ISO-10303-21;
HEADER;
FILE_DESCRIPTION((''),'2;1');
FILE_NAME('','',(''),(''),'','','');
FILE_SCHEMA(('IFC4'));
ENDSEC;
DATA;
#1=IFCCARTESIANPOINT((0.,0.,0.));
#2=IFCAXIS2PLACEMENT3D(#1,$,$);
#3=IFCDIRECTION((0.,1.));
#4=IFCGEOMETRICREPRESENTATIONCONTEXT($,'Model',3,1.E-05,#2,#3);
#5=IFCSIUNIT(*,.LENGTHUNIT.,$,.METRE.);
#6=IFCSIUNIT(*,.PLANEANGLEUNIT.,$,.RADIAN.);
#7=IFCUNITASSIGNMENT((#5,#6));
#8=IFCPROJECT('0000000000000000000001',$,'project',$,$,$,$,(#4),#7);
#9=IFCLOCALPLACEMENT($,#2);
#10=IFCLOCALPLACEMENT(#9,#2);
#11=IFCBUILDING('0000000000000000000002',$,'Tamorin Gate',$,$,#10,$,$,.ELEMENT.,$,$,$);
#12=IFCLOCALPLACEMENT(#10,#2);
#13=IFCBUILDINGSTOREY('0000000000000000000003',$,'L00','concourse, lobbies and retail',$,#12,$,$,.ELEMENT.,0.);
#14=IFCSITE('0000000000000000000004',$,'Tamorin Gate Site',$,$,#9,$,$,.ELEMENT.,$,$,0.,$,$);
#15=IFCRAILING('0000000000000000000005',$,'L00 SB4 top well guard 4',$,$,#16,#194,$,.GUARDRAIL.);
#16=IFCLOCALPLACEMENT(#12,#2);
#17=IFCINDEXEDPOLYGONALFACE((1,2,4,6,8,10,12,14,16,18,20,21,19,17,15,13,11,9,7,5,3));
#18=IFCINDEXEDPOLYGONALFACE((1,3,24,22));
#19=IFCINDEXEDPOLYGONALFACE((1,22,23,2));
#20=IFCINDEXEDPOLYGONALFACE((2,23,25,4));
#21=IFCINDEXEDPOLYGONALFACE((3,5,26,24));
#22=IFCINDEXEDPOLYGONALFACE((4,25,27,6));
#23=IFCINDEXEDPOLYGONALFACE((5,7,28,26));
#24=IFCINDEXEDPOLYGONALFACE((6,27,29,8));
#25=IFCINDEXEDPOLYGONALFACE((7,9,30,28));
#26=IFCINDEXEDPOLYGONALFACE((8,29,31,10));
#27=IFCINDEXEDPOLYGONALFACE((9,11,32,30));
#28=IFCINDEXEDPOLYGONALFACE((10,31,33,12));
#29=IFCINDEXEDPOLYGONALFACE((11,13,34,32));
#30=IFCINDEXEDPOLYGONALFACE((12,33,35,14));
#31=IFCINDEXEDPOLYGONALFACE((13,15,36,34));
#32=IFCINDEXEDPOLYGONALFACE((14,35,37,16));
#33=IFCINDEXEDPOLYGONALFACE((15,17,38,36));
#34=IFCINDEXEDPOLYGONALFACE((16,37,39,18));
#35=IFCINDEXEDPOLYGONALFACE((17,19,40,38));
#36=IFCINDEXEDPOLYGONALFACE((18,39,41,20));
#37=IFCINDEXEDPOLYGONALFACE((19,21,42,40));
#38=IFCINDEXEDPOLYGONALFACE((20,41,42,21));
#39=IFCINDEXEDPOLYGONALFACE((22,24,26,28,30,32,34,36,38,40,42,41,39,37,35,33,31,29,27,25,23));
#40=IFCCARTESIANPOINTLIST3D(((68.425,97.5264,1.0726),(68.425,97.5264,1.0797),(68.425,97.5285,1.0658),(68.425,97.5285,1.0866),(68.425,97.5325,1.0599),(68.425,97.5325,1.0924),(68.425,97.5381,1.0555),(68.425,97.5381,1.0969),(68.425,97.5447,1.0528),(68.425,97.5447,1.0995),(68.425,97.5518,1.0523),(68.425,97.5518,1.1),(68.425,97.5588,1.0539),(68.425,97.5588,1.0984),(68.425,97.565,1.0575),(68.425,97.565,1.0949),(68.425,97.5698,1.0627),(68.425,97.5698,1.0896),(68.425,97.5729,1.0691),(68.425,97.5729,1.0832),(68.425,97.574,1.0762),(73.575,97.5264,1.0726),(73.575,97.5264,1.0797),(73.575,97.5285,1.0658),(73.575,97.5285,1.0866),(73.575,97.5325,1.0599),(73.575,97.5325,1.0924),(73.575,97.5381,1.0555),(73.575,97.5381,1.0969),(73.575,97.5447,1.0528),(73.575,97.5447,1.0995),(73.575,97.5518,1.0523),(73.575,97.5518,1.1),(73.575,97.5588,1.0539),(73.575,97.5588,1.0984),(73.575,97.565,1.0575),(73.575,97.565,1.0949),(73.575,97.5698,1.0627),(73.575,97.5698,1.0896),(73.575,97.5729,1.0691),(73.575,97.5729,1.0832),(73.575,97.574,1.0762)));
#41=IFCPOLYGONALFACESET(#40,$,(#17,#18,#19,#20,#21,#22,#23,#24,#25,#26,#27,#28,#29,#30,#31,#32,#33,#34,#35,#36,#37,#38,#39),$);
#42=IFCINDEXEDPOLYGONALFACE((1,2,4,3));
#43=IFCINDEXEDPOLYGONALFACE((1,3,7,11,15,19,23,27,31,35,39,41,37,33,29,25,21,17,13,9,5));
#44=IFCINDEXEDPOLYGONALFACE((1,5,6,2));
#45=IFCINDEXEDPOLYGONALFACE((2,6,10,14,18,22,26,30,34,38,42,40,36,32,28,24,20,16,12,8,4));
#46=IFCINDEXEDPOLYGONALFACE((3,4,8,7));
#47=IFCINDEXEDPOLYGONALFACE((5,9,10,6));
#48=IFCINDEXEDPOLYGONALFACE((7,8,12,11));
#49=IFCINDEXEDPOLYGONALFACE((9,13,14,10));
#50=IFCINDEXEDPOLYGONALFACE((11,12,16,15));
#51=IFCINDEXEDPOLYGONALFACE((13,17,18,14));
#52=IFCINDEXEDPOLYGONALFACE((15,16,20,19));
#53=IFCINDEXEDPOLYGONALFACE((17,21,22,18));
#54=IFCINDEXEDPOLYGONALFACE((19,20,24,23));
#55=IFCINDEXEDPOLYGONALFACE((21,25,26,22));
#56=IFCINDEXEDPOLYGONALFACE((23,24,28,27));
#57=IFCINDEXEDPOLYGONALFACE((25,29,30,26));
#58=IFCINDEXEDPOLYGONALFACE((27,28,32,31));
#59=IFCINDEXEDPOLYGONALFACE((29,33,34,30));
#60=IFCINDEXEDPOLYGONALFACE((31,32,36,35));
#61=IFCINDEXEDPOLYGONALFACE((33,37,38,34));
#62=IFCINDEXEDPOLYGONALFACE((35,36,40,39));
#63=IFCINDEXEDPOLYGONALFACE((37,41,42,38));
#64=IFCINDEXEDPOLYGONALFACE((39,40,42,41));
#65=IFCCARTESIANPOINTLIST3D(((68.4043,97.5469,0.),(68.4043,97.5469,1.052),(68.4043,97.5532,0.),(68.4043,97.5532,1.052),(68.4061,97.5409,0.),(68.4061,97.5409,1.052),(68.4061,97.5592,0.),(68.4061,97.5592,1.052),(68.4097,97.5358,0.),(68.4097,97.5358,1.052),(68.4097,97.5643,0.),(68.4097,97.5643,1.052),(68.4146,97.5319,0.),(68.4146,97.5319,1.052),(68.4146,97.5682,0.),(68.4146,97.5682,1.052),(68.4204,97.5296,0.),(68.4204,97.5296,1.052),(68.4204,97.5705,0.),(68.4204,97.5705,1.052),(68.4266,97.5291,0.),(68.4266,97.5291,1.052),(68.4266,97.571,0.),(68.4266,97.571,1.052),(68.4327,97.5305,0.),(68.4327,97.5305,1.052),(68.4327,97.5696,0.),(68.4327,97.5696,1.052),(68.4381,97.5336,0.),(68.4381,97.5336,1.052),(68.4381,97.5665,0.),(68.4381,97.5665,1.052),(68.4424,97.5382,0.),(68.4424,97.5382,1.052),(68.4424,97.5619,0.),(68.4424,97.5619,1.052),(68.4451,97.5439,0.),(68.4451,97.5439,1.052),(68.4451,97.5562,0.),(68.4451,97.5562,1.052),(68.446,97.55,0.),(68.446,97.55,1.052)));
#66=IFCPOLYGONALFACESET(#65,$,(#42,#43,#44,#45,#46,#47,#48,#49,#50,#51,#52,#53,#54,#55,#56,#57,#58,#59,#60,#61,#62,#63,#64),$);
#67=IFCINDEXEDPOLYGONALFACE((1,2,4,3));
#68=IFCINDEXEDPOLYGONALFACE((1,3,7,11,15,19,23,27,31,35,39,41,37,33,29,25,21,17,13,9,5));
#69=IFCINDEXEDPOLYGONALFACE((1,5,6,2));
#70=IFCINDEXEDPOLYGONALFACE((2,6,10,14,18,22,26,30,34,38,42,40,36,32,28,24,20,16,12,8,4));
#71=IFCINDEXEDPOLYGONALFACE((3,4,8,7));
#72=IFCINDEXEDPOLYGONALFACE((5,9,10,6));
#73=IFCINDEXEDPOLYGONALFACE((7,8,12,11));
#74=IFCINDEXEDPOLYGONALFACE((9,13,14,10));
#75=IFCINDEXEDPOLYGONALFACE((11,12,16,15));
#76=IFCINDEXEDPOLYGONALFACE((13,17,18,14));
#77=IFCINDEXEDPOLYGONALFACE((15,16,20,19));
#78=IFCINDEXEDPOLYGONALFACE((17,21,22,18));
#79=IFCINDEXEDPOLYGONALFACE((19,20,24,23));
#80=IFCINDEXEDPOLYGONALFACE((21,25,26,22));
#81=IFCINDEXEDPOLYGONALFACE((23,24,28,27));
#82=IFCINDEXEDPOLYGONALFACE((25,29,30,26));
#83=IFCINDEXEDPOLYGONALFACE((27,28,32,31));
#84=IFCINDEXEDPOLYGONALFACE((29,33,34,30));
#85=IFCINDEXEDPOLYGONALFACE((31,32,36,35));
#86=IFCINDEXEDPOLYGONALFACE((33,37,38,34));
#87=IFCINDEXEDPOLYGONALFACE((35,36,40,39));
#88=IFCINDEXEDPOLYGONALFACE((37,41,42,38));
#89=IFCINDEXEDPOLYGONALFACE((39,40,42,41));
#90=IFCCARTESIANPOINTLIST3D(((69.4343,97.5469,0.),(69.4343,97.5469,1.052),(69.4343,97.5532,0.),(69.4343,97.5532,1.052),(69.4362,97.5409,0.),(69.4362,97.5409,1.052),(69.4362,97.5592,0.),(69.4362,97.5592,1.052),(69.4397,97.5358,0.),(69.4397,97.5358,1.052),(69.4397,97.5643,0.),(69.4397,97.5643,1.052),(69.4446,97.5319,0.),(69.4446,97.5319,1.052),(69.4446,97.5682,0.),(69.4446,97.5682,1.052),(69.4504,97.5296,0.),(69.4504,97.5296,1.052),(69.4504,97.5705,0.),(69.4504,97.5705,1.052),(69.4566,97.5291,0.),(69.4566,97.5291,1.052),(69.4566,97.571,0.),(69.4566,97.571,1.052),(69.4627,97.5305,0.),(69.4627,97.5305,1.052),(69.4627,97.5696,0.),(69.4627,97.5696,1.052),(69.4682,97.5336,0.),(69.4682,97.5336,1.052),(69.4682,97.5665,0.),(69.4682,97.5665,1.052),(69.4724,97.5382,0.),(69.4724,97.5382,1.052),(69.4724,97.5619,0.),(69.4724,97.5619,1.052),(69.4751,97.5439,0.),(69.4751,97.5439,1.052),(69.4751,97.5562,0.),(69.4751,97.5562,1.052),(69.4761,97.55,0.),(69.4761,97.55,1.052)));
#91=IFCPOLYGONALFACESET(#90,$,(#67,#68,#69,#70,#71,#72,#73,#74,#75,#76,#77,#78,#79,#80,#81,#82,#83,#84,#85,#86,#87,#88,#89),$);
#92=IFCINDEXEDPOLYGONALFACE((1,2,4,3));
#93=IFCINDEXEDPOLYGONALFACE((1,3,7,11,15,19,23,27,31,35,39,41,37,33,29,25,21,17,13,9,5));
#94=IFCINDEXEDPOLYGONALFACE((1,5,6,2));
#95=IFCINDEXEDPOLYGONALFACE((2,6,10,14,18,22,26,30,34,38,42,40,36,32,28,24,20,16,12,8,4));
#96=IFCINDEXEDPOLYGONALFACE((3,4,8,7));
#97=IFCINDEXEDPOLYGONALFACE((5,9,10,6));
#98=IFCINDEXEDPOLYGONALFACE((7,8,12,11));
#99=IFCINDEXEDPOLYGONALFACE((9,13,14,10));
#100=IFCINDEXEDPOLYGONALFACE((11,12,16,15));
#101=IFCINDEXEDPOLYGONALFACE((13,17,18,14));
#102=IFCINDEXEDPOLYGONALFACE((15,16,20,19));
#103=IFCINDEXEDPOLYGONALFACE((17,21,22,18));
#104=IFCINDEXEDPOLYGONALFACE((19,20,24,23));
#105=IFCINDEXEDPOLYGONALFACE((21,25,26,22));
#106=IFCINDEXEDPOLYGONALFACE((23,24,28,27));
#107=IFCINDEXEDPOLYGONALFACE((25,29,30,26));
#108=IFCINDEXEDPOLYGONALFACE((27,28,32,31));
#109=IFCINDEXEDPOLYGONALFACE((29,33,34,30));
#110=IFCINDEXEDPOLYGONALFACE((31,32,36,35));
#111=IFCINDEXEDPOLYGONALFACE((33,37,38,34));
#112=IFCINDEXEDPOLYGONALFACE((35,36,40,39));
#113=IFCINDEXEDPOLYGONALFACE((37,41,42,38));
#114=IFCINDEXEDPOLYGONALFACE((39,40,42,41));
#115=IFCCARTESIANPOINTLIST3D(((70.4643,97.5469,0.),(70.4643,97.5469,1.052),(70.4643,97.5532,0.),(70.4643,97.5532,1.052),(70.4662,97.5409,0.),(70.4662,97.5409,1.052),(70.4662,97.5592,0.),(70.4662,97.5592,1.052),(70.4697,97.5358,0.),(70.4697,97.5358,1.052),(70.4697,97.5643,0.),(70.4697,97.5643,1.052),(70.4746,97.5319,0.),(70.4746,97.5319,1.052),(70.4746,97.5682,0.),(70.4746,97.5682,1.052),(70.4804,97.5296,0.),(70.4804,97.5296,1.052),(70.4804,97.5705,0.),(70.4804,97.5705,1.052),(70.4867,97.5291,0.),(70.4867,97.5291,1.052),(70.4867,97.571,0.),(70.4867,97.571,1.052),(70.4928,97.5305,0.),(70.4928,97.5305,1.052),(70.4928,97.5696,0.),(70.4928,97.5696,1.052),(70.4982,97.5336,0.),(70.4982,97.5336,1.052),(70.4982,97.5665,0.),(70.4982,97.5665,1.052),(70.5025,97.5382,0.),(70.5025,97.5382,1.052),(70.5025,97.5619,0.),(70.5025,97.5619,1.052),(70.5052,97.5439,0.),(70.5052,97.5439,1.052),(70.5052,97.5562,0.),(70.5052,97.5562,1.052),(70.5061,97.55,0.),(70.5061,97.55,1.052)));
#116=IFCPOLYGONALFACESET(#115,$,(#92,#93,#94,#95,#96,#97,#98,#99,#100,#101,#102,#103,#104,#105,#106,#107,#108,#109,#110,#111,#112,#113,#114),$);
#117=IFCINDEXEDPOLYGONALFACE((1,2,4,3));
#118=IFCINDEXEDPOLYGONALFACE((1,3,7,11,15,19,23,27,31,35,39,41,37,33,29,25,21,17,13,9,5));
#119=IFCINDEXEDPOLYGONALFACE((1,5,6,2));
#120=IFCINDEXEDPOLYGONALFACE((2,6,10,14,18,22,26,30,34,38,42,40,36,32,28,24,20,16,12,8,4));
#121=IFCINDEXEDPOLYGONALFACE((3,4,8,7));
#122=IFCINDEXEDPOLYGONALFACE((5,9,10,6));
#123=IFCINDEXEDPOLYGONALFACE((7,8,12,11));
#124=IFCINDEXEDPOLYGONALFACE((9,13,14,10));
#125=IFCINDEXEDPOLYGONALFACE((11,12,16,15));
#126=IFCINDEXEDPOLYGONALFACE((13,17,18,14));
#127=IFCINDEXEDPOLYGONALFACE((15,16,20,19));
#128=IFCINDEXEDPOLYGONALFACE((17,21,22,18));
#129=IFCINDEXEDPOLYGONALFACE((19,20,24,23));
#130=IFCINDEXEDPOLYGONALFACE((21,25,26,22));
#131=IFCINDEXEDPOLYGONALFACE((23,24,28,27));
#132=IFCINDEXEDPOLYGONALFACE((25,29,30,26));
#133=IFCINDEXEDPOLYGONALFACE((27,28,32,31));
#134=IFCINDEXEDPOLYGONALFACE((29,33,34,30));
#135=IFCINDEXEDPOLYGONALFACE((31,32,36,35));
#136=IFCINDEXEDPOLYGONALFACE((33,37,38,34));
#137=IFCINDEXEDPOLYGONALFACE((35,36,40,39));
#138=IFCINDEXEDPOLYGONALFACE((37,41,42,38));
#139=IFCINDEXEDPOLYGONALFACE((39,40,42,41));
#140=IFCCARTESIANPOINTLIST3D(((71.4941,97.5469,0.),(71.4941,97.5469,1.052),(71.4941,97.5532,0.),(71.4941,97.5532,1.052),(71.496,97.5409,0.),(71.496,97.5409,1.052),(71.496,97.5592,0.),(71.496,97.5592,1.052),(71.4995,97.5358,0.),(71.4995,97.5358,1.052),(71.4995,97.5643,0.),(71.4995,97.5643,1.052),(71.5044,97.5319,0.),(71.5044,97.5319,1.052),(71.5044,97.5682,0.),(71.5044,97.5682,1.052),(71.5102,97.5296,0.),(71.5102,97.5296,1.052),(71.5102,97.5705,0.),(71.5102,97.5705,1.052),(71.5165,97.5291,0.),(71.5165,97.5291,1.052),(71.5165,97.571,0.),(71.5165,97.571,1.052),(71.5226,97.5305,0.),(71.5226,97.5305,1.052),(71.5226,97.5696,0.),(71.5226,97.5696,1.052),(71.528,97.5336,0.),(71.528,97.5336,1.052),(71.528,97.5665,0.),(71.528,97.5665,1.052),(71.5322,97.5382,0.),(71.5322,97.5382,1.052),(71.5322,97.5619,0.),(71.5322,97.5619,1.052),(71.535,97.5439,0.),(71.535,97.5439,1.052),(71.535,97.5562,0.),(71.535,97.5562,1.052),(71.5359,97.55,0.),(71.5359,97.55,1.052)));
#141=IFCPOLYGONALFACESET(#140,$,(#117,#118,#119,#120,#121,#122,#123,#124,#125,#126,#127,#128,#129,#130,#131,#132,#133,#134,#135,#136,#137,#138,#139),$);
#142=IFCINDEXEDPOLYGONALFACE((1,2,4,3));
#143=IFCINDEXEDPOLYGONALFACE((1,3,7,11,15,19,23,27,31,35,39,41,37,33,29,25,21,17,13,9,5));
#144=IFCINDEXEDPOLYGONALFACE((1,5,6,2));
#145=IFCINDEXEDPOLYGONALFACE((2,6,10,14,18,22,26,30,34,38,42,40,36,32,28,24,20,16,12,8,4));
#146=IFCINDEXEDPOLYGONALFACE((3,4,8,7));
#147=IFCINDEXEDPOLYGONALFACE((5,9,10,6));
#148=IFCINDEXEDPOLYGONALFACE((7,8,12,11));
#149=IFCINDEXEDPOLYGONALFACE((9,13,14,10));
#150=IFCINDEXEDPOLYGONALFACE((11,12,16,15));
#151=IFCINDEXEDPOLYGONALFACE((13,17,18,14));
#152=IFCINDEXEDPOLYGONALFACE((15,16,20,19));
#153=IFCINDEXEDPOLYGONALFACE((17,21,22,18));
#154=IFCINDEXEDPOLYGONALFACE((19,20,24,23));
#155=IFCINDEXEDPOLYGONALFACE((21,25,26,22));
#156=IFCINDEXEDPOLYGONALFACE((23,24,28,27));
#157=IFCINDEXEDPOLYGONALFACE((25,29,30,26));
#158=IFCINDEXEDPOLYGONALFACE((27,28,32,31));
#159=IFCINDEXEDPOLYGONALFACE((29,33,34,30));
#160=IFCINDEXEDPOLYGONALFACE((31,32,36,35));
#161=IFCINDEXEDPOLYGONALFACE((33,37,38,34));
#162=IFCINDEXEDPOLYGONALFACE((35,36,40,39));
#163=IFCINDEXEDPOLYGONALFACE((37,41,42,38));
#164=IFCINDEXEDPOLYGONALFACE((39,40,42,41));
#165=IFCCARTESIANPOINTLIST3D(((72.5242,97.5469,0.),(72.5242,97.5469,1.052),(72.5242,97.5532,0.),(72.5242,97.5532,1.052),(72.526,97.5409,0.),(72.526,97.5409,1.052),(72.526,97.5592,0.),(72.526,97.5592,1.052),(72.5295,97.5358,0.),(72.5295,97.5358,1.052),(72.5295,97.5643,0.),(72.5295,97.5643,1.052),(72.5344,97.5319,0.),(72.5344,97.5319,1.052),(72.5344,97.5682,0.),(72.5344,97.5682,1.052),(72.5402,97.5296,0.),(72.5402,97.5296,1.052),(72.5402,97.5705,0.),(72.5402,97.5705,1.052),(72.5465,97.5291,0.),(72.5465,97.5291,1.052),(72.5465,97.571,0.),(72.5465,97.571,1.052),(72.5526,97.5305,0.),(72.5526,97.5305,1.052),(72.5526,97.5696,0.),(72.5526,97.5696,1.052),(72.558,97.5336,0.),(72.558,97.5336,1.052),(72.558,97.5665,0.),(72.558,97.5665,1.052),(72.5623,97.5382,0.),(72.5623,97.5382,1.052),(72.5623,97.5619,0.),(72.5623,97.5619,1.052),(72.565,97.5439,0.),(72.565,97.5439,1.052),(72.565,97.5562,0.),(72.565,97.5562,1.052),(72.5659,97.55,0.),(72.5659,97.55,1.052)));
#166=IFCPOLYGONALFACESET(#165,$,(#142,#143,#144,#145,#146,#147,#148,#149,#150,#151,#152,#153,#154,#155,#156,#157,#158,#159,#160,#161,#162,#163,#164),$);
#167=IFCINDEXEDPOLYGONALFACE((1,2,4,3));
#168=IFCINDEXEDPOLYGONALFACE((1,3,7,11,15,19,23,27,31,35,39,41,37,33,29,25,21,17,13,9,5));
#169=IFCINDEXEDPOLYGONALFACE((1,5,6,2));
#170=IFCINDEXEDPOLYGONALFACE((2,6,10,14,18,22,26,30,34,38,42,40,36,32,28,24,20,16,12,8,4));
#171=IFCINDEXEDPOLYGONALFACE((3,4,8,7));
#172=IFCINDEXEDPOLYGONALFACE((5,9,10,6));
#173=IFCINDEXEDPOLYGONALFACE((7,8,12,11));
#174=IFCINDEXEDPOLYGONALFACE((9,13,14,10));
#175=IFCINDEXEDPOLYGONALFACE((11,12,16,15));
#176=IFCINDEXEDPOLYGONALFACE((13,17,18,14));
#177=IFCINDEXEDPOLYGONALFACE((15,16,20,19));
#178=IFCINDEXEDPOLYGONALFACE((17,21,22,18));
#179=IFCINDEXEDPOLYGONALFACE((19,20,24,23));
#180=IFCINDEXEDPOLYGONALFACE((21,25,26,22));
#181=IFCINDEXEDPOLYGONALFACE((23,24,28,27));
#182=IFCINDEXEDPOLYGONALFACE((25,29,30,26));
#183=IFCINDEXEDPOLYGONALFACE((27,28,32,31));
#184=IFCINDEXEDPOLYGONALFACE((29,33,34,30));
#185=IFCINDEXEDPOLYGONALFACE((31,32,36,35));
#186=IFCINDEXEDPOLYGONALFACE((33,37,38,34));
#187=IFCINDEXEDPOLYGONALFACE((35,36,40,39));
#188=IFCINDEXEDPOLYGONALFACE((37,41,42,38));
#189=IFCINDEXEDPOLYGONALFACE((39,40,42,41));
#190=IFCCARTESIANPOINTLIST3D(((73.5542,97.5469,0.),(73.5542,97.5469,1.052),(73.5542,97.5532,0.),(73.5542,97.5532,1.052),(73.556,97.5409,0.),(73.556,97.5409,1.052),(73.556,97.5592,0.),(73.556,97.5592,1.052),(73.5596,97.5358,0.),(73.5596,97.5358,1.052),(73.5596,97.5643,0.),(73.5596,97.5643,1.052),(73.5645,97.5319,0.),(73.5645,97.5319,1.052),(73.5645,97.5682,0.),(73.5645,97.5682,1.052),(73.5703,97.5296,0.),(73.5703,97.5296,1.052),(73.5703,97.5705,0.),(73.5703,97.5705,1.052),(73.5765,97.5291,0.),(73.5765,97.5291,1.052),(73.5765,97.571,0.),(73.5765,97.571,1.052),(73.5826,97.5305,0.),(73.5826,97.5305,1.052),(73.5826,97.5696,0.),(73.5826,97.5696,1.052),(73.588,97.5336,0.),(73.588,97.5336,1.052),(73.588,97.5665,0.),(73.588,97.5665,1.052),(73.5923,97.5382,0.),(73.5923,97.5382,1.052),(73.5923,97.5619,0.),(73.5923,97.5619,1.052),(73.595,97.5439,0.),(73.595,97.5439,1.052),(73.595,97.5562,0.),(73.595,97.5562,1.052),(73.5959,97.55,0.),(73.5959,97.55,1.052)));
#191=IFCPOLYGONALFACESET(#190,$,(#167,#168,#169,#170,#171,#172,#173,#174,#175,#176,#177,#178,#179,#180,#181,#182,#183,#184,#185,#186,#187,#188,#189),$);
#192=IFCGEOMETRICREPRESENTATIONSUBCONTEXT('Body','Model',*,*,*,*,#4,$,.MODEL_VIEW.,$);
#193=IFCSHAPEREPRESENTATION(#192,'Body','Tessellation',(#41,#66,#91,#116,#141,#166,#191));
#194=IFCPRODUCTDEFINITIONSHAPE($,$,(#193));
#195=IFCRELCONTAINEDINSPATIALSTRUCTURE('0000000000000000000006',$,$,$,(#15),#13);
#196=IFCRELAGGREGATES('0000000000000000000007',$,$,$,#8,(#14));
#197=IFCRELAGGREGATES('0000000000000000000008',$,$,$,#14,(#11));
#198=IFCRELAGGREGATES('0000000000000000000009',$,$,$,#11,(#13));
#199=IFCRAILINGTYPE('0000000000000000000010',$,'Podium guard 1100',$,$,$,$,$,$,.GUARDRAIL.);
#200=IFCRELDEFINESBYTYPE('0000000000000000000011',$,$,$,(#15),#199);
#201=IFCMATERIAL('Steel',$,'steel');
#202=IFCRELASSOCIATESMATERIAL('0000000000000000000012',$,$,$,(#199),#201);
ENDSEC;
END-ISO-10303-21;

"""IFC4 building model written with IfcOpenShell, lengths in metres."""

from ifc_helpers import new_model, si_unit, direction, frame, origin, origin_2d, place, context, subcontext, project, spatial, circle, extrude, material, type_object, element, save


model = new_model("IFC4")

# Units and contexts
model_context = context("Model", 3, precision=1e-05, world=origin(), true_north=direction((0.0, 1.0)))
body_context = subcontext(model_context, "Body", "Model", "MODEL_VIEW")
ifc_project = project(units=[si_unit("LENGTHUNIT", "METRE"), si_unit("PLANEANGLEUNIT", "RADIAN")], contexts=[model_context])

# Site, building, storey
site_placement = place(None, origin())
site = spatial("IfcSite", under=ifc_project, at=site_placement, Name="Tamorin Gate Site", CompositionType="ELEMENT", RefElevation=0.0)
building_placement = place(site_placement, origin())
building = spatial("IfcBuilding", under=site, at=building_placement, Name="Tamorin Gate", CompositionType="ELEMENT")
storey_placement = place(building_placement, origin())
storey = spatial("IfcBuildingStorey", under=building, at=storey_placement, Name="L00", Description="concourse, lobbies and retail", CompositionType="ELEMENT", Elevation=0.0)

# Railing
ifc_material_1 = material(Name="Steel", Category="steel")
railing_type = type_object("IfcRailingType", Name="Podium guard 1100", PredefinedType="GUARDRAIL", material=ifc_material_1)
railing_1_placement = place(storey_placement, frame((68.425, 97.55, 0.0)))
element("IfcRailing", 1, at=railing_1_placement, inside=storey, type_object=railing_type, Name="L00 SB4 top well guard 4", PredefinedType="GUARDRAIL", context=body_context, shape_type="SweptSolid", body=[
    extrude(circle(Radius=0.0239, at=origin_2d()), frame((0.0, 0.0, 1.0762), z_axis=(1.0, 0.0, 0.0), x_axis=(0.0, 1.0, 0.0)), (0.0, 0.0, 1.0), 5.1499),
    extrude(circle(Radius=0.021, at=origin_2d()), origin(), (0.0, 0.0, 1.0), 1.052),
    extrude(circle(Radius=0.021, at=origin_2d()), frame((1.03, 0.0, 0.0)), (0.0, 0.0, 1.0), 1.052),
    extrude(circle(Radius=0.021, at=origin_2d()), frame((2.0601, 0.0, 0.0)), (0.0, 0.0, 1.0), 1.052),
    extrude(circle(Radius=0.021, at=origin_2d()), frame((3.0898, 0.0, 0.0)), (0.0, 0.0, 1.0), 1.052),
    extrude(circle(Radius=0.021, at=origin_2d()), frame((4.1199, 0.0, 0.0)), (0.0, 0.0, 1.0), 1.052),
    extrude(circle(Radius=0.021, at=origin_2d()), frame((5.1499, 0.0, 0.0)), (0.0, 0.0, 1.0), 1.052),
])

save(model, "model.ifc")
